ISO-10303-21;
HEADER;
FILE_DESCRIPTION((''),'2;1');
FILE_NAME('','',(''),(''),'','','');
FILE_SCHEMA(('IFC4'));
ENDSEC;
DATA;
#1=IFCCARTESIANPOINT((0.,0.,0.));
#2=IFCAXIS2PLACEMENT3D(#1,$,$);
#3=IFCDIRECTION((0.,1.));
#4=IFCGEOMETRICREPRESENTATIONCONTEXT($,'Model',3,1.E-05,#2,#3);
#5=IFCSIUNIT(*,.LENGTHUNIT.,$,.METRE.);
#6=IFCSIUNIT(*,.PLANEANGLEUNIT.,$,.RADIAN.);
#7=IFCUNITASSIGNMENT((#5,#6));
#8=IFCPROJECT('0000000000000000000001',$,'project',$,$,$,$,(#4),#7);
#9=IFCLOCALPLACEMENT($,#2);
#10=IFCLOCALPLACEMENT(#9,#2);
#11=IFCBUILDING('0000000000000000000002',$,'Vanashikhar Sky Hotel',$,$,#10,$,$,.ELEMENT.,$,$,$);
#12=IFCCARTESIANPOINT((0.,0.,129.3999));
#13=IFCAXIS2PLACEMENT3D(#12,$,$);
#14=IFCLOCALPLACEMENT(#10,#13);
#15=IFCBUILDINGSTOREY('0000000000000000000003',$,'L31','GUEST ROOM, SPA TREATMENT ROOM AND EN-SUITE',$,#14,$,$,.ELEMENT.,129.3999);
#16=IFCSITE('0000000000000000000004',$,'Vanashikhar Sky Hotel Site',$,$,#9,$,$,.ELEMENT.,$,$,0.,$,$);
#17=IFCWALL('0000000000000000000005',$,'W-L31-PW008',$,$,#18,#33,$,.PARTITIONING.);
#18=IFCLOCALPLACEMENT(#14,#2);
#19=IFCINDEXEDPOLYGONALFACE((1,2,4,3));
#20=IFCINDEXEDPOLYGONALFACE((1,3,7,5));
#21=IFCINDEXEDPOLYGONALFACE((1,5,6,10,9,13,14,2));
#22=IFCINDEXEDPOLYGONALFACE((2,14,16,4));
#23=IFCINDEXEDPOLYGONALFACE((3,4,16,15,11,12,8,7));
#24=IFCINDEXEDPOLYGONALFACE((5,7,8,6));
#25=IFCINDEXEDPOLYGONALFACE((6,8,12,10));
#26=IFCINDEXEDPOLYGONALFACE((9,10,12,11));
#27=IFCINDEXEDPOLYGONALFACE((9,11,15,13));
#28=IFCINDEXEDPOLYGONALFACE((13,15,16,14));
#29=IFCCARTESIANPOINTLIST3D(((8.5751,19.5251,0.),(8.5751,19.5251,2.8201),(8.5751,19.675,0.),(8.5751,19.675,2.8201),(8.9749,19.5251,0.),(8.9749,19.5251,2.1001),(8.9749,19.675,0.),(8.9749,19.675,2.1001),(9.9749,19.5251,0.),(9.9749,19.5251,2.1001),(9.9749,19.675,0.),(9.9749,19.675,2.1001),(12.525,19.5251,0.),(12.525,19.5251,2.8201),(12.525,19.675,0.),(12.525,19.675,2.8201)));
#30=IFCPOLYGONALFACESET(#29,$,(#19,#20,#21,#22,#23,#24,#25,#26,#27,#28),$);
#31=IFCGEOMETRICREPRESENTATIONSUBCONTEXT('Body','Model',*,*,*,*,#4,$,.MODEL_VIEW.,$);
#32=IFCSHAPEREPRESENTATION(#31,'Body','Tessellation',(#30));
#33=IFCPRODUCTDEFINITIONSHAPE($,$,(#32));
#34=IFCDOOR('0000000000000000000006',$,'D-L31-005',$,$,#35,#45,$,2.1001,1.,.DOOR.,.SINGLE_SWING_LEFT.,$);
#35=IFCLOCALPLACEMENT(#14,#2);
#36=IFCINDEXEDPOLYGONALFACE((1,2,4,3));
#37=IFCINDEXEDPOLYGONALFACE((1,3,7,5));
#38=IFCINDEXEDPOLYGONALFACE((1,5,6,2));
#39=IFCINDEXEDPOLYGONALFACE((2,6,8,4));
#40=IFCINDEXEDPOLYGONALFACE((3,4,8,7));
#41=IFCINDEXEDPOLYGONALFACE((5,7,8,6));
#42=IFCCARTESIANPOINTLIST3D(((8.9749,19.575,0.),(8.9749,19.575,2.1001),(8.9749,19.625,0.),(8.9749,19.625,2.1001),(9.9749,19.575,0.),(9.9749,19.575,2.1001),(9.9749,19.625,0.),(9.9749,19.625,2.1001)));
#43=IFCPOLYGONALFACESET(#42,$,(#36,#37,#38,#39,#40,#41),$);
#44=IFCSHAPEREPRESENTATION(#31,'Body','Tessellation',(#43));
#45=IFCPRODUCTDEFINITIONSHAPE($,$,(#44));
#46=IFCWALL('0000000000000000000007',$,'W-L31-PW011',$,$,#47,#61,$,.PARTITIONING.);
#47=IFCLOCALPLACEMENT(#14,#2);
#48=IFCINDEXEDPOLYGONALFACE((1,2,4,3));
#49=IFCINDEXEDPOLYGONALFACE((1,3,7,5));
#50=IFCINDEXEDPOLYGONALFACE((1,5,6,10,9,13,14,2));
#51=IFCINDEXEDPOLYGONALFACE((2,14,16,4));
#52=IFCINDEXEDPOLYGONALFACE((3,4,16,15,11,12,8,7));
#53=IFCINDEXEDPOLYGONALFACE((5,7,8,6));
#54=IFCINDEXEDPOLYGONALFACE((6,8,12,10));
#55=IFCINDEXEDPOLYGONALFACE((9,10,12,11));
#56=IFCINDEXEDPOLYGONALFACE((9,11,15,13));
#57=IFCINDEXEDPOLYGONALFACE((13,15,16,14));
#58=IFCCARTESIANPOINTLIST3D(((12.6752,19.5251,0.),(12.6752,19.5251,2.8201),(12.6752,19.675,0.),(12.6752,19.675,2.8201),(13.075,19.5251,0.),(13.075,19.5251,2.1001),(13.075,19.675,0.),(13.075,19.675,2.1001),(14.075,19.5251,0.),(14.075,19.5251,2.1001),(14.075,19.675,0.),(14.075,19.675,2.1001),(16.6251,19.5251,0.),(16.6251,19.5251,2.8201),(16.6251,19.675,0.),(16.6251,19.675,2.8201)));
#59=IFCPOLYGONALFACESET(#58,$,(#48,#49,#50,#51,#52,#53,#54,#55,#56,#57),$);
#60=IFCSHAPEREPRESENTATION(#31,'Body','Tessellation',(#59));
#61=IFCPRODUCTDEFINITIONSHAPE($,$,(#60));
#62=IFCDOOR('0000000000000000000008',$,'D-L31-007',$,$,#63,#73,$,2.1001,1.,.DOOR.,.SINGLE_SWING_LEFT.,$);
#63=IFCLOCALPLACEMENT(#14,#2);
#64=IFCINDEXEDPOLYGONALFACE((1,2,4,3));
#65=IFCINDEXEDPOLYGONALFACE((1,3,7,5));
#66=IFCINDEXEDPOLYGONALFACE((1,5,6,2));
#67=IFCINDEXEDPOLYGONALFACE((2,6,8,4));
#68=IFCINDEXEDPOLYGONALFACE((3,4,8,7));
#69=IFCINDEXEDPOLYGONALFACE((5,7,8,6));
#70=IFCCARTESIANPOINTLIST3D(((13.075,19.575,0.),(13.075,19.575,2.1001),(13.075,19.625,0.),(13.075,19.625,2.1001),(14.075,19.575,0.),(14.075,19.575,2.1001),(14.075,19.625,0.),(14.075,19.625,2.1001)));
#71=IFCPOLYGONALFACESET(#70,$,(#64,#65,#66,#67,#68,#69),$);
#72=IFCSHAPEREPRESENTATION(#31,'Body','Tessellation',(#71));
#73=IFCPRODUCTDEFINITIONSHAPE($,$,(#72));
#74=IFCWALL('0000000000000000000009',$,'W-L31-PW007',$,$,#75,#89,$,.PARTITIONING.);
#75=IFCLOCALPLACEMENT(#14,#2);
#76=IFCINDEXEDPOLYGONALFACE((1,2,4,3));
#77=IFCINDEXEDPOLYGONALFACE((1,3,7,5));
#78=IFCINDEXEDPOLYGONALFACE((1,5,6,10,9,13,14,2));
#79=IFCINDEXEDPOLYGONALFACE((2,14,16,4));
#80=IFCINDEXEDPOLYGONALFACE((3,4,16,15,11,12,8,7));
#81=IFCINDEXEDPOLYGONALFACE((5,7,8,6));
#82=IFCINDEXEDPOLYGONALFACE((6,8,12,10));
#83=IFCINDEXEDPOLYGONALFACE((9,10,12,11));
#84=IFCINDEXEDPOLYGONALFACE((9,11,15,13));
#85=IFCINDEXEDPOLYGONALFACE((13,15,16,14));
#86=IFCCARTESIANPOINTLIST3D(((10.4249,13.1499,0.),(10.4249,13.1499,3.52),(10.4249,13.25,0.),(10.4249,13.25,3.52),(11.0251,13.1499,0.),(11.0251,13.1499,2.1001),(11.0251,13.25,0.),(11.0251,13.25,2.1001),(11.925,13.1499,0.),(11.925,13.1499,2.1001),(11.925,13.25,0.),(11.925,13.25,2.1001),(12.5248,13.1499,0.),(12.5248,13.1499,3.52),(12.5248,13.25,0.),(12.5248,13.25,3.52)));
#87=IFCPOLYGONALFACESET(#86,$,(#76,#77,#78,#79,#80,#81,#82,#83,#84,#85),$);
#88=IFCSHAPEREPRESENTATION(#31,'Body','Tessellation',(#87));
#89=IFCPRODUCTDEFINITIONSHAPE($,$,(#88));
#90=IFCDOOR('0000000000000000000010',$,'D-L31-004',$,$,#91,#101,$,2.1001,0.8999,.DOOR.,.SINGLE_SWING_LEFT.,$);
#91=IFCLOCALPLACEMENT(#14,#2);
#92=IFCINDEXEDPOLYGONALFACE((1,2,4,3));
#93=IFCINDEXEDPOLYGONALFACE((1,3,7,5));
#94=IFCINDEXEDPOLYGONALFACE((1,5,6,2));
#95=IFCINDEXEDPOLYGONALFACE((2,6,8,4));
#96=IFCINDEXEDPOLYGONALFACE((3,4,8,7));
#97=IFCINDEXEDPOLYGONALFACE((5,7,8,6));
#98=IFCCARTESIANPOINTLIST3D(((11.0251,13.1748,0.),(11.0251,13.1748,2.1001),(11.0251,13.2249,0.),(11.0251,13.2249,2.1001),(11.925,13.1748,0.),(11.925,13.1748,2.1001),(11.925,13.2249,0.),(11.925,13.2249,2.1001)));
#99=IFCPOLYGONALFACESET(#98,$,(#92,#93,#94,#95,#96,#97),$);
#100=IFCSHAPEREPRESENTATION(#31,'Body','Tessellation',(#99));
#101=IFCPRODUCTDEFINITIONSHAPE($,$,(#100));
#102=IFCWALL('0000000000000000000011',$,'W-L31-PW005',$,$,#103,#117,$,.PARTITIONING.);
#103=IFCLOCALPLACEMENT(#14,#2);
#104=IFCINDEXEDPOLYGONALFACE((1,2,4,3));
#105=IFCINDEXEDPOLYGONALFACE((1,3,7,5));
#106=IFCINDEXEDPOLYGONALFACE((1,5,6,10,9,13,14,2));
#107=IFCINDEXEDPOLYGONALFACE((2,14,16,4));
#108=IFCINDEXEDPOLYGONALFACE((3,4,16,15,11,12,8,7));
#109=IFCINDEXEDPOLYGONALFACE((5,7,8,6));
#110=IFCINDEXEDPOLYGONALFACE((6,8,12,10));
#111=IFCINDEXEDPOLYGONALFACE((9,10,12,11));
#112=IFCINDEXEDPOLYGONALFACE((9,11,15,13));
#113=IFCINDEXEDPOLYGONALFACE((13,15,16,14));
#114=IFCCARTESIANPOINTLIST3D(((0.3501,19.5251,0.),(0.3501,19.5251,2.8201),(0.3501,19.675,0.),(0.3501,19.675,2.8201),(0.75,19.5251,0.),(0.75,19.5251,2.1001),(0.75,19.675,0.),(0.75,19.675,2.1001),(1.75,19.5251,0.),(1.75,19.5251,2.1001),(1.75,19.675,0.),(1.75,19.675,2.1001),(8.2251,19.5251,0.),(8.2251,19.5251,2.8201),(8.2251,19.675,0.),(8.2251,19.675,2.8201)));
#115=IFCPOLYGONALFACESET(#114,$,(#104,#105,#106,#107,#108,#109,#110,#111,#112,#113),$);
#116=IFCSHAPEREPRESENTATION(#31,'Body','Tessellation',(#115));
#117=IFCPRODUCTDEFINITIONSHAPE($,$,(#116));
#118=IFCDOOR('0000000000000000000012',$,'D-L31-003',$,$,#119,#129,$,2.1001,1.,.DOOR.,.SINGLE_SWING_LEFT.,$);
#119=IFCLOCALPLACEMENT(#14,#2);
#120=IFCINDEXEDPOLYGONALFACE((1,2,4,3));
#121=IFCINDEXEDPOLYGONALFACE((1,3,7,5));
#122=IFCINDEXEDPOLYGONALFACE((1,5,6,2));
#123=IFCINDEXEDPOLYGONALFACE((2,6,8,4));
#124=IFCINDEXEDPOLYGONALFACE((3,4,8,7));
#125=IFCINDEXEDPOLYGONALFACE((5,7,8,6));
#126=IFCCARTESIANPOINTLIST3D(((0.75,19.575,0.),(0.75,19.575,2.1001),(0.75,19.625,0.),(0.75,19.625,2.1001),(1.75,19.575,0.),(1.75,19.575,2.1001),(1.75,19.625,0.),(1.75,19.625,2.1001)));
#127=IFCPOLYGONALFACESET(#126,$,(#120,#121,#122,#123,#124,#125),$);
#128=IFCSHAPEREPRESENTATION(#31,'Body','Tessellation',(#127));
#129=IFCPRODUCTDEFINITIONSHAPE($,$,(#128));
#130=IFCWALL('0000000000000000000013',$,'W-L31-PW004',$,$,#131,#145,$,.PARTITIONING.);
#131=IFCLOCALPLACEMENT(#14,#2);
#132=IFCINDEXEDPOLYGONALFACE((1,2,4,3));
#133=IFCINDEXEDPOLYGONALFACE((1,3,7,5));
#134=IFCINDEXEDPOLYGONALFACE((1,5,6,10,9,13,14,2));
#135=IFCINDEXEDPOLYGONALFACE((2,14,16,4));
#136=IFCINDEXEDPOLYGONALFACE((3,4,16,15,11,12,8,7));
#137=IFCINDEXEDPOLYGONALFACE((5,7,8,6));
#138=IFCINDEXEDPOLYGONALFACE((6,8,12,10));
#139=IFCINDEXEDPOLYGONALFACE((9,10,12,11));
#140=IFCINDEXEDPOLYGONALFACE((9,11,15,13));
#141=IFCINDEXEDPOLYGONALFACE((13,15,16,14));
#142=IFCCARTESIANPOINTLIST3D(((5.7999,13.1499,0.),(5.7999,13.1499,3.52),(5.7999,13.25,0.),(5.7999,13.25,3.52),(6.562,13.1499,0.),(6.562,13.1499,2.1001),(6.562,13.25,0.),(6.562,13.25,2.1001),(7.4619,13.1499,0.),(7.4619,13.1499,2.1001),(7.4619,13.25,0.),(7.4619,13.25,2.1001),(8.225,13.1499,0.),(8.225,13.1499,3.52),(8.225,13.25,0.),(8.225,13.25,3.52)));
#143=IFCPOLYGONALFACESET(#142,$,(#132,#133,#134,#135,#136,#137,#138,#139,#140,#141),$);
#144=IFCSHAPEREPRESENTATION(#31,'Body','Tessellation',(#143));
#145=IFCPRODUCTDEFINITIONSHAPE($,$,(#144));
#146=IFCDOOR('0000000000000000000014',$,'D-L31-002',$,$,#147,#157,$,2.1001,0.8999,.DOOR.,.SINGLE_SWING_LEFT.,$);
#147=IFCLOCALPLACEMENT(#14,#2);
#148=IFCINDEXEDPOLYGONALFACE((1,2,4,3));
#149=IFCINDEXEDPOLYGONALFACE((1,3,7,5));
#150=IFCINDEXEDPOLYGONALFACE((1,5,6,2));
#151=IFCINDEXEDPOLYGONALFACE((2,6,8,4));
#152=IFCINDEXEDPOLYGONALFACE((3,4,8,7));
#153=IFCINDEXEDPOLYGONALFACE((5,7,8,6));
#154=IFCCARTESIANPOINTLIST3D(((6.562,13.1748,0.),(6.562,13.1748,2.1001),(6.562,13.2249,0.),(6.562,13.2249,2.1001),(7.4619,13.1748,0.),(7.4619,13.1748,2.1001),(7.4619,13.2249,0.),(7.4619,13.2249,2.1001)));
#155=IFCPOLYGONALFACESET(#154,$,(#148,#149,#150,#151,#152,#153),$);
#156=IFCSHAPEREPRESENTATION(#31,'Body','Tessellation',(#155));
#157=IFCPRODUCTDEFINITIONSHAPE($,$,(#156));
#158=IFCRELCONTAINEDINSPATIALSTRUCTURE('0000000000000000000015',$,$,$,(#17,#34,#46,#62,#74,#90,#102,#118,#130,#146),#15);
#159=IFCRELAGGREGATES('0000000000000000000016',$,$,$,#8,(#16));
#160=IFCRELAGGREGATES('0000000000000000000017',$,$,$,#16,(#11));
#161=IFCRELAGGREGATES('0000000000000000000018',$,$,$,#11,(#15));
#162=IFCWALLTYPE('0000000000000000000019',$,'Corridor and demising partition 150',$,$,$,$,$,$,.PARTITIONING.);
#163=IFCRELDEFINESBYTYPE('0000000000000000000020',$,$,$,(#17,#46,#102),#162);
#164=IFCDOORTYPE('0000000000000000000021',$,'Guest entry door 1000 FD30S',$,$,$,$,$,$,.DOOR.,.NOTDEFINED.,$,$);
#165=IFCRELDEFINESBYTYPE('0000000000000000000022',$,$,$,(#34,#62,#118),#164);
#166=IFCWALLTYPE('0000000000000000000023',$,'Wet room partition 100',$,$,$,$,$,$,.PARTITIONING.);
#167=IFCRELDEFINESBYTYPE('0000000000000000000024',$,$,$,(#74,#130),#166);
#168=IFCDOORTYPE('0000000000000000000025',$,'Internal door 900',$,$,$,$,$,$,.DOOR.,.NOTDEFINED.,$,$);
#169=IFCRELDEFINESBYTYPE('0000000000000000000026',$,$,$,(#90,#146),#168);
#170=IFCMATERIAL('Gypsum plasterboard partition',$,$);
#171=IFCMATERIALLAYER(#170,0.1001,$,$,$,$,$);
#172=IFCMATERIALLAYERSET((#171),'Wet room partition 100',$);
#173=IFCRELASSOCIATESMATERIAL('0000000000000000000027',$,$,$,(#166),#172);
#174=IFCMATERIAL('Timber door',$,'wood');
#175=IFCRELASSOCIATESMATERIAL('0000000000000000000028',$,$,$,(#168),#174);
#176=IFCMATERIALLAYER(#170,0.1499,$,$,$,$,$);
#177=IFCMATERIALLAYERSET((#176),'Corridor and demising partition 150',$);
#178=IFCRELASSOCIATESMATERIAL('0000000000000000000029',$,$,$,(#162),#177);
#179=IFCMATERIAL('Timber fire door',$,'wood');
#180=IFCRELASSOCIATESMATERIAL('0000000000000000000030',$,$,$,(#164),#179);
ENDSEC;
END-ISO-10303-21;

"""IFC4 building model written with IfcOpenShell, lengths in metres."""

from ifc_helpers import new_model, si_unit, direction, frame, frame_2d, origin, place, context, subcontext, project, spatial, rectangle, extrude, source, transform, mapped, material, layer, layer_set, type_object, element, fill, save


model = new_model("IFC4")

# Units and contexts
model_context = context("Model", 3, precision=1e-05, world=origin(), true_north=direction((0.0, 1.0)))
body_context = subcontext(model_context, "Body", "Model", "MODEL_VIEW")
ifc_project = project(units=[si_unit("LENGTHUNIT", "METRE"), si_unit("PLANEANGLEUNIT", "RADIAN")], contexts=[model_context])

# Site, building, storey
site_placement = place(None, origin())
site = spatial("IfcSite", under=ifc_project, at=site_placement, Name="Vanashikhar Sky Hotel Site", CompositionType="ELEMENT", RefElevation=0.0)
building_placement = place(site_placement, origin())
building = spatial("IfcBuilding", under=site, at=building_placement, Name="Vanashikhar Sky Hotel", CompositionType="ELEMENT")
storey_placement = place(building_placement, frame((0.0, 0.0, 129.3999)))
storey = spatial("IfcBuildingStorey", under=building, at=storey_placement, Name="L31", Description="GUEST ROOM, SPA TREATMENT ROOM AND EN-SUITE", CompositionType="ELEMENT", Elevation=129.3999)

# Shared definitions
ifc_material_1 = material(Name="Gypsum plasterboard partition")
ifc_layer_1 = layer(ifc_material_1, 0.1001)
ifc_layer_set_1 = layer_set([ifc_layer_1], Name="Wet room partition 100")
wall_type_1 = type_object("IfcWallType", Name="Wet room partition 100", PredefinedType="PARTITIONING", material=ifc_layer_set_1)
shared_shape_1 = source(origin(), body_context, "Body", "SweptSolid", [
    extrude(rectangle(XDim=0.8999, YDim=2.1001, at=frame_2d((0.45, 1.05))), frame((0.0, 0.0601, 0.0), z_axis=(0.0, -1.0, 0.0), x_axis=(1.0, 0.0, 0.0)), (0.0, 0.0, 1.0), 0.1201),
])
ifc_material_2 = material(Name="Timber door", Category="wood")
door_type_1 = type_object("IfcDoorType", Name="Internal door 900", OperationType="NOTDEFINED", PredefinedType="DOOR", material=ifc_material_2)
shared_shape_2 = source(origin(), body_context, "Body", "SweptSolid", [
    extrude(rectangle(XDim=0.8999, YDim=2.1001, at=frame_2d((0.45, 1.05))), frame((0.0, 0.0249, 0.0), z_axis=(0.0, -1.0, 0.0), x_axis=(1.0, 0.0, 0.0)), (0.0, 0.0, 1.0), 0.05),
])

# Walls, openings, doors
ifc_layer_2 = layer(ifc_material_1, 0.1499)
ifc_layer_set_2 = layer_set([ifc_layer_2], Name="Corridor and demising partition 150")
wall_type_2 = type_object("IfcWallType", Name="Corridor and demising partition 150", PredefinedType="PARTITIONING", material=ifc_layer_set_2)
shared_shape_3 = source(origin(), body_context, "Body", "SweptSolid", [
    extrude(rectangle(XDim=3.95, YDim=0.1499, at=frame_2d((1.9751, 0.0))), origin(), (0.0, 0.0, 1.0), 2.8201),
])
wall_1_placement = place(storey_placement, frame((8.575, 19.6001, 0.0), z_axis=(0.0, 0.0, 1.0), x_axis=(1.0, 0.0, 0.0)))
wall_1 = element("IfcWall", 1, at=wall_1_placement, inside=storey, type_object=wall_type_2, Name="W-L31-PW008", PredefinedType="PARTITIONING", context=body_context, shape_type="MappedRepresentation", body=[
    mapped(shared_shape_3, transform((0.0, 0.0, 0.0), scale=1.0)),
])
shared_shape_4 = source(origin(), body_context, "Body", "SweptSolid", [
    extrude(rectangle(XDim=1.0, YDim=2.1001, at=frame_2d((0.5, 1.05))), frame((0.0, 0.085, 0.0), z_axis=(0.0, -1.0, 0.0), x_axis=(1.0, 0.0, 0.0)), (0.0, 0.0, 1.0), 0.1699),
])
opening_1_placement = place(wall_1_placement, frame((0.3999, 0.0, 0.0)))
opening_1 = element("IfcOpeningElement", 2, at=opening_1_placement, cuts=wall_1, PredefinedType="OPENING", context=body_context, shape_type="MappedRepresentation", body=[
    mapped(shared_shape_4, transform((0.0, 0.0, 0.0), scale=1.0)),
])
ifc_material_3 = material(Name="Timber fire door", Category="wood")
door_type_2 = type_object("IfcDoorType", Name="Guest entry door 1000 FD30S", OperationType="NOTDEFINED", PredefinedType="DOOR", material=ifc_material_3)
shared_shape_5 = source(origin(), body_context, "Body", "SweptSolid", [
    extrude(rectangle(XDim=1.0, YDim=2.1001, at=frame_2d((0.5, 1.05))), frame((0.0, 0.0249, 0.0), z_axis=(0.0, -1.0, 0.0), x_axis=(1.0, 0.0, 0.0)), (0.0, 0.0, 1.0), 0.05),
])
door_1_placement = place(opening_1_placement, origin())
door_1 = element("IfcDoor", 3, at=door_1_placement, inside=storey, type_object=door_type_2, Name="D-L31-005", OperationType="SINGLE_SWING_LEFT", OverallHeight=2.1001, OverallWidth=1.0, PredefinedType="DOOR", context=body_context, shape_type="MappedRepresentation", body=[
    mapped(shared_shape_5, transform((0.0, 0.0, 0.0), scale=1.0)),
])
fill(opening_1, door_1)
wall_2_placement = place(storey_placement, frame((12.675, 19.6001, 0.0), z_axis=(0.0, 0.0, 1.0), x_axis=(1.0, 0.0, 0.0)))
wall_2 = element("IfcWall", 4, at=wall_2_placement, inside=storey, type_object=wall_type_2, Name="W-L31-PW011", PredefinedType="PARTITIONING", context=body_context, shape_type="MappedRepresentation", body=[
    mapped(shared_shape_3, transform((0.0, 0.0, 0.0), scale=1.0)),
])
opening_2_placement = place(wall_2_placement, frame((0.3999, 0.0, 0.0)))
opening_2 = element("IfcOpeningElement", 5, at=opening_2_placement, cuts=wall_2, PredefinedType="OPENING", context=body_context, shape_type="MappedRepresentation", body=[
    mapped(shared_shape_4, transform((0.0, 0.0, 0.0), scale=1.0)),
])
door_2_placement = place(opening_2_placement, origin())
door_2 = element("IfcDoor", 6, at=door_2_placement, inside=storey, type_object=door_type_2, Name="D-L31-007", OperationType="SINGLE_SWING_LEFT", OverallHeight=2.1001, OverallWidth=1.0, PredefinedType="DOOR", context=body_context, shape_type="MappedRepresentation", body=[
    mapped(shared_shape_5, transform((0.0, 0.0, 0.0), scale=1.0)),
])
fill(opening_2, door_2)
shared_shape_6 = source(origin(), body_context, "Body", "SweptSolid", [
    extrude(rectangle(XDim=2.0999, YDim=0.1001, at=frame_2d((1.0498, 0.0))), origin(), (0.0, 0.0, 1.0), 3.52),
])
wall_3_placement = place(storey_placement, frame((10.425, 13.2, 0.0), z_axis=(0.0, 0.0, 1.0), x_axis=(1.0, 0.0, 0.0)))
wall_3 = element("IfcWall", 7, at=wall_3_placement, inside=storey, type_object=wall_type_1, Name="W-L31-PW007", PredefinedType="PARTITIONING", context=body_context, shape_type="MappedRepresentation", body=[
    mapped(shared_shape_6, transform((0.0, 0.0, 0.0), scale=1.0)),
])
opening_3_placement = place(wall_3_placement, frame((0.6001, 0.0, 0.0)))
opening_3 = element("IfcOpeningElement", 8, at=opening_3_placement, cuts=wall_3, PredefinedType="OPENING", context=body_context, shape_type="MappedRepresentation", body=[
    mapped(shared_shape_1, transform((0.0, 0.0, 0.0), scale=1.0)),
])
door_3_placement = place(opening_3_placement, origin())
door_3 = element("IfcDoor", 9, at=door_3_placement, inside=storey, type_object=door_type_1, Name="D-L31-004", OperationType="SINGLE_SWING_LEFT", OverallHeight=2.1001, OverallWidth=0.8999, PredefinedType="DOOR", context=body_context, shape_type="MappedRepresentation", body=[
    mapped(shared_shape_2, transform((0.0, 0.0, 0.0), scale=1.0)),
])
fill(opening_3, door_3)
shared_shape_7 = source(origin(), body_context, "Body", "SweptSolid", [
    extrude(rectangle(XDim=7.875, YDim=0.1499, at=frame_2d((3.9375, 0.0))), origin(), (0.0, 0.0, 1.0), 2.8201),
])
wall_4_placement = place(storey_placement, frame((0.3501, 19.6001, 0.0), z_axis=(0.0, 0.0, 1.0), x_axis=(1.0, 0.0, 0.0)))
wall_4 = element("IfcWall", 10, at=wall_4_placement, inside=storey, type_object=wall_type_2, Name="W-L31-PW005", PredefinedType="PARTITIONING", context=body_context, shape_type="MappedRepresentation", body=[
    mapped(shared_shape_7, transform((0.0, 0.0, 0.0), scale=1.0)),
])
opening_4_placement = place(wall_4_placement, frame((0.3999, 0.0, 0.0)))
opening_4 = element("IfcOpeningElement", 11, at=opening_4_placement, cuts=wall_4, PredefinedType="OPENING", context=body_context, shape_type="MappedRepresentation", body=[
    mapped(shared_shape_4, transform((0.0, 0.0, 0.0), scale=1.0)),
])
door_4_placement = place(opening_4_placement, origin())
door_4 = element("IfcDoor", 12, at=door_4_placement, inside=storey, type_object=door_type_2, Name="D-L31-003", OperationType="SINGLE_SWING_LEFT", OverallHeight=2.1001, OverallWidth=1.0, PredefinedType="DOOR", context=body_context, shape_type="MappedRepresentation", body=[
    mapped(shared_shape_5, transform((0.0, 0.0, 0.0), scale=1.0)),
])
fill(opening_4, door_4)
shared_shape_8 = source(origin(), body_context, "Body", "SweptSolid", [
    extrude(rectangle(XDim=2.425, YDim=0.1001, at=frame_2d((1.2124, 0.0))), origin(), (0.0, 0.0, 1.0), 3.52),
])
wall_5_placement = place(storey_placement, frame((5.8, 13.2, 0.0), z_axis=(0.0, 0.0, 1.0), x_axis=(1.0, 0.0, 0.0)))
wall_5 = element("IfcWall", 13, at=wall_5_placement, inside=storey, type_object=wall_type_1, Name="W-L31-PW004", PredefinedType="PARTITIONING", context=body_context, shape_type="MappedRepresentation", body=[
    mapped(shared_shape_8, transform((0.0, 0.0, 0.0), scale=1.0)),
])
opening_5_placement = place(wall_5_placement, frame((0.762, 0.0, 0.0)))
opening_5 = element("IfcOpeningElement", 14, at=opening_5_placement, cuts=wall_5, PredefinedType="OPENING", context=body_context, shape_type="MappedRepresentation", body=[
    mapped(shared_shape_1, transform((0.0, 0.0, 0.0), scale=1.0)),
])
door_5_placement = place(opening_5_placement, origin())
door_5 = element("IfcDoor", 15, at=door_5_placement, inside=storey, type_object=door_type_1, Name="D-L31-002", OperationType="SINGLE_SWING_LEFT", OverallHeight=2.1001, OverallWidth=0.8999, PredefinedType="DOOR", context=body_context, shape_type="MappedRepresentation", body=[
    mapped(shared_shape_2, transform((0.0, 0.0, 0.0), scale=1.0)),
])
fill(opening_5, door_5)

save(model, "model.ifc")
